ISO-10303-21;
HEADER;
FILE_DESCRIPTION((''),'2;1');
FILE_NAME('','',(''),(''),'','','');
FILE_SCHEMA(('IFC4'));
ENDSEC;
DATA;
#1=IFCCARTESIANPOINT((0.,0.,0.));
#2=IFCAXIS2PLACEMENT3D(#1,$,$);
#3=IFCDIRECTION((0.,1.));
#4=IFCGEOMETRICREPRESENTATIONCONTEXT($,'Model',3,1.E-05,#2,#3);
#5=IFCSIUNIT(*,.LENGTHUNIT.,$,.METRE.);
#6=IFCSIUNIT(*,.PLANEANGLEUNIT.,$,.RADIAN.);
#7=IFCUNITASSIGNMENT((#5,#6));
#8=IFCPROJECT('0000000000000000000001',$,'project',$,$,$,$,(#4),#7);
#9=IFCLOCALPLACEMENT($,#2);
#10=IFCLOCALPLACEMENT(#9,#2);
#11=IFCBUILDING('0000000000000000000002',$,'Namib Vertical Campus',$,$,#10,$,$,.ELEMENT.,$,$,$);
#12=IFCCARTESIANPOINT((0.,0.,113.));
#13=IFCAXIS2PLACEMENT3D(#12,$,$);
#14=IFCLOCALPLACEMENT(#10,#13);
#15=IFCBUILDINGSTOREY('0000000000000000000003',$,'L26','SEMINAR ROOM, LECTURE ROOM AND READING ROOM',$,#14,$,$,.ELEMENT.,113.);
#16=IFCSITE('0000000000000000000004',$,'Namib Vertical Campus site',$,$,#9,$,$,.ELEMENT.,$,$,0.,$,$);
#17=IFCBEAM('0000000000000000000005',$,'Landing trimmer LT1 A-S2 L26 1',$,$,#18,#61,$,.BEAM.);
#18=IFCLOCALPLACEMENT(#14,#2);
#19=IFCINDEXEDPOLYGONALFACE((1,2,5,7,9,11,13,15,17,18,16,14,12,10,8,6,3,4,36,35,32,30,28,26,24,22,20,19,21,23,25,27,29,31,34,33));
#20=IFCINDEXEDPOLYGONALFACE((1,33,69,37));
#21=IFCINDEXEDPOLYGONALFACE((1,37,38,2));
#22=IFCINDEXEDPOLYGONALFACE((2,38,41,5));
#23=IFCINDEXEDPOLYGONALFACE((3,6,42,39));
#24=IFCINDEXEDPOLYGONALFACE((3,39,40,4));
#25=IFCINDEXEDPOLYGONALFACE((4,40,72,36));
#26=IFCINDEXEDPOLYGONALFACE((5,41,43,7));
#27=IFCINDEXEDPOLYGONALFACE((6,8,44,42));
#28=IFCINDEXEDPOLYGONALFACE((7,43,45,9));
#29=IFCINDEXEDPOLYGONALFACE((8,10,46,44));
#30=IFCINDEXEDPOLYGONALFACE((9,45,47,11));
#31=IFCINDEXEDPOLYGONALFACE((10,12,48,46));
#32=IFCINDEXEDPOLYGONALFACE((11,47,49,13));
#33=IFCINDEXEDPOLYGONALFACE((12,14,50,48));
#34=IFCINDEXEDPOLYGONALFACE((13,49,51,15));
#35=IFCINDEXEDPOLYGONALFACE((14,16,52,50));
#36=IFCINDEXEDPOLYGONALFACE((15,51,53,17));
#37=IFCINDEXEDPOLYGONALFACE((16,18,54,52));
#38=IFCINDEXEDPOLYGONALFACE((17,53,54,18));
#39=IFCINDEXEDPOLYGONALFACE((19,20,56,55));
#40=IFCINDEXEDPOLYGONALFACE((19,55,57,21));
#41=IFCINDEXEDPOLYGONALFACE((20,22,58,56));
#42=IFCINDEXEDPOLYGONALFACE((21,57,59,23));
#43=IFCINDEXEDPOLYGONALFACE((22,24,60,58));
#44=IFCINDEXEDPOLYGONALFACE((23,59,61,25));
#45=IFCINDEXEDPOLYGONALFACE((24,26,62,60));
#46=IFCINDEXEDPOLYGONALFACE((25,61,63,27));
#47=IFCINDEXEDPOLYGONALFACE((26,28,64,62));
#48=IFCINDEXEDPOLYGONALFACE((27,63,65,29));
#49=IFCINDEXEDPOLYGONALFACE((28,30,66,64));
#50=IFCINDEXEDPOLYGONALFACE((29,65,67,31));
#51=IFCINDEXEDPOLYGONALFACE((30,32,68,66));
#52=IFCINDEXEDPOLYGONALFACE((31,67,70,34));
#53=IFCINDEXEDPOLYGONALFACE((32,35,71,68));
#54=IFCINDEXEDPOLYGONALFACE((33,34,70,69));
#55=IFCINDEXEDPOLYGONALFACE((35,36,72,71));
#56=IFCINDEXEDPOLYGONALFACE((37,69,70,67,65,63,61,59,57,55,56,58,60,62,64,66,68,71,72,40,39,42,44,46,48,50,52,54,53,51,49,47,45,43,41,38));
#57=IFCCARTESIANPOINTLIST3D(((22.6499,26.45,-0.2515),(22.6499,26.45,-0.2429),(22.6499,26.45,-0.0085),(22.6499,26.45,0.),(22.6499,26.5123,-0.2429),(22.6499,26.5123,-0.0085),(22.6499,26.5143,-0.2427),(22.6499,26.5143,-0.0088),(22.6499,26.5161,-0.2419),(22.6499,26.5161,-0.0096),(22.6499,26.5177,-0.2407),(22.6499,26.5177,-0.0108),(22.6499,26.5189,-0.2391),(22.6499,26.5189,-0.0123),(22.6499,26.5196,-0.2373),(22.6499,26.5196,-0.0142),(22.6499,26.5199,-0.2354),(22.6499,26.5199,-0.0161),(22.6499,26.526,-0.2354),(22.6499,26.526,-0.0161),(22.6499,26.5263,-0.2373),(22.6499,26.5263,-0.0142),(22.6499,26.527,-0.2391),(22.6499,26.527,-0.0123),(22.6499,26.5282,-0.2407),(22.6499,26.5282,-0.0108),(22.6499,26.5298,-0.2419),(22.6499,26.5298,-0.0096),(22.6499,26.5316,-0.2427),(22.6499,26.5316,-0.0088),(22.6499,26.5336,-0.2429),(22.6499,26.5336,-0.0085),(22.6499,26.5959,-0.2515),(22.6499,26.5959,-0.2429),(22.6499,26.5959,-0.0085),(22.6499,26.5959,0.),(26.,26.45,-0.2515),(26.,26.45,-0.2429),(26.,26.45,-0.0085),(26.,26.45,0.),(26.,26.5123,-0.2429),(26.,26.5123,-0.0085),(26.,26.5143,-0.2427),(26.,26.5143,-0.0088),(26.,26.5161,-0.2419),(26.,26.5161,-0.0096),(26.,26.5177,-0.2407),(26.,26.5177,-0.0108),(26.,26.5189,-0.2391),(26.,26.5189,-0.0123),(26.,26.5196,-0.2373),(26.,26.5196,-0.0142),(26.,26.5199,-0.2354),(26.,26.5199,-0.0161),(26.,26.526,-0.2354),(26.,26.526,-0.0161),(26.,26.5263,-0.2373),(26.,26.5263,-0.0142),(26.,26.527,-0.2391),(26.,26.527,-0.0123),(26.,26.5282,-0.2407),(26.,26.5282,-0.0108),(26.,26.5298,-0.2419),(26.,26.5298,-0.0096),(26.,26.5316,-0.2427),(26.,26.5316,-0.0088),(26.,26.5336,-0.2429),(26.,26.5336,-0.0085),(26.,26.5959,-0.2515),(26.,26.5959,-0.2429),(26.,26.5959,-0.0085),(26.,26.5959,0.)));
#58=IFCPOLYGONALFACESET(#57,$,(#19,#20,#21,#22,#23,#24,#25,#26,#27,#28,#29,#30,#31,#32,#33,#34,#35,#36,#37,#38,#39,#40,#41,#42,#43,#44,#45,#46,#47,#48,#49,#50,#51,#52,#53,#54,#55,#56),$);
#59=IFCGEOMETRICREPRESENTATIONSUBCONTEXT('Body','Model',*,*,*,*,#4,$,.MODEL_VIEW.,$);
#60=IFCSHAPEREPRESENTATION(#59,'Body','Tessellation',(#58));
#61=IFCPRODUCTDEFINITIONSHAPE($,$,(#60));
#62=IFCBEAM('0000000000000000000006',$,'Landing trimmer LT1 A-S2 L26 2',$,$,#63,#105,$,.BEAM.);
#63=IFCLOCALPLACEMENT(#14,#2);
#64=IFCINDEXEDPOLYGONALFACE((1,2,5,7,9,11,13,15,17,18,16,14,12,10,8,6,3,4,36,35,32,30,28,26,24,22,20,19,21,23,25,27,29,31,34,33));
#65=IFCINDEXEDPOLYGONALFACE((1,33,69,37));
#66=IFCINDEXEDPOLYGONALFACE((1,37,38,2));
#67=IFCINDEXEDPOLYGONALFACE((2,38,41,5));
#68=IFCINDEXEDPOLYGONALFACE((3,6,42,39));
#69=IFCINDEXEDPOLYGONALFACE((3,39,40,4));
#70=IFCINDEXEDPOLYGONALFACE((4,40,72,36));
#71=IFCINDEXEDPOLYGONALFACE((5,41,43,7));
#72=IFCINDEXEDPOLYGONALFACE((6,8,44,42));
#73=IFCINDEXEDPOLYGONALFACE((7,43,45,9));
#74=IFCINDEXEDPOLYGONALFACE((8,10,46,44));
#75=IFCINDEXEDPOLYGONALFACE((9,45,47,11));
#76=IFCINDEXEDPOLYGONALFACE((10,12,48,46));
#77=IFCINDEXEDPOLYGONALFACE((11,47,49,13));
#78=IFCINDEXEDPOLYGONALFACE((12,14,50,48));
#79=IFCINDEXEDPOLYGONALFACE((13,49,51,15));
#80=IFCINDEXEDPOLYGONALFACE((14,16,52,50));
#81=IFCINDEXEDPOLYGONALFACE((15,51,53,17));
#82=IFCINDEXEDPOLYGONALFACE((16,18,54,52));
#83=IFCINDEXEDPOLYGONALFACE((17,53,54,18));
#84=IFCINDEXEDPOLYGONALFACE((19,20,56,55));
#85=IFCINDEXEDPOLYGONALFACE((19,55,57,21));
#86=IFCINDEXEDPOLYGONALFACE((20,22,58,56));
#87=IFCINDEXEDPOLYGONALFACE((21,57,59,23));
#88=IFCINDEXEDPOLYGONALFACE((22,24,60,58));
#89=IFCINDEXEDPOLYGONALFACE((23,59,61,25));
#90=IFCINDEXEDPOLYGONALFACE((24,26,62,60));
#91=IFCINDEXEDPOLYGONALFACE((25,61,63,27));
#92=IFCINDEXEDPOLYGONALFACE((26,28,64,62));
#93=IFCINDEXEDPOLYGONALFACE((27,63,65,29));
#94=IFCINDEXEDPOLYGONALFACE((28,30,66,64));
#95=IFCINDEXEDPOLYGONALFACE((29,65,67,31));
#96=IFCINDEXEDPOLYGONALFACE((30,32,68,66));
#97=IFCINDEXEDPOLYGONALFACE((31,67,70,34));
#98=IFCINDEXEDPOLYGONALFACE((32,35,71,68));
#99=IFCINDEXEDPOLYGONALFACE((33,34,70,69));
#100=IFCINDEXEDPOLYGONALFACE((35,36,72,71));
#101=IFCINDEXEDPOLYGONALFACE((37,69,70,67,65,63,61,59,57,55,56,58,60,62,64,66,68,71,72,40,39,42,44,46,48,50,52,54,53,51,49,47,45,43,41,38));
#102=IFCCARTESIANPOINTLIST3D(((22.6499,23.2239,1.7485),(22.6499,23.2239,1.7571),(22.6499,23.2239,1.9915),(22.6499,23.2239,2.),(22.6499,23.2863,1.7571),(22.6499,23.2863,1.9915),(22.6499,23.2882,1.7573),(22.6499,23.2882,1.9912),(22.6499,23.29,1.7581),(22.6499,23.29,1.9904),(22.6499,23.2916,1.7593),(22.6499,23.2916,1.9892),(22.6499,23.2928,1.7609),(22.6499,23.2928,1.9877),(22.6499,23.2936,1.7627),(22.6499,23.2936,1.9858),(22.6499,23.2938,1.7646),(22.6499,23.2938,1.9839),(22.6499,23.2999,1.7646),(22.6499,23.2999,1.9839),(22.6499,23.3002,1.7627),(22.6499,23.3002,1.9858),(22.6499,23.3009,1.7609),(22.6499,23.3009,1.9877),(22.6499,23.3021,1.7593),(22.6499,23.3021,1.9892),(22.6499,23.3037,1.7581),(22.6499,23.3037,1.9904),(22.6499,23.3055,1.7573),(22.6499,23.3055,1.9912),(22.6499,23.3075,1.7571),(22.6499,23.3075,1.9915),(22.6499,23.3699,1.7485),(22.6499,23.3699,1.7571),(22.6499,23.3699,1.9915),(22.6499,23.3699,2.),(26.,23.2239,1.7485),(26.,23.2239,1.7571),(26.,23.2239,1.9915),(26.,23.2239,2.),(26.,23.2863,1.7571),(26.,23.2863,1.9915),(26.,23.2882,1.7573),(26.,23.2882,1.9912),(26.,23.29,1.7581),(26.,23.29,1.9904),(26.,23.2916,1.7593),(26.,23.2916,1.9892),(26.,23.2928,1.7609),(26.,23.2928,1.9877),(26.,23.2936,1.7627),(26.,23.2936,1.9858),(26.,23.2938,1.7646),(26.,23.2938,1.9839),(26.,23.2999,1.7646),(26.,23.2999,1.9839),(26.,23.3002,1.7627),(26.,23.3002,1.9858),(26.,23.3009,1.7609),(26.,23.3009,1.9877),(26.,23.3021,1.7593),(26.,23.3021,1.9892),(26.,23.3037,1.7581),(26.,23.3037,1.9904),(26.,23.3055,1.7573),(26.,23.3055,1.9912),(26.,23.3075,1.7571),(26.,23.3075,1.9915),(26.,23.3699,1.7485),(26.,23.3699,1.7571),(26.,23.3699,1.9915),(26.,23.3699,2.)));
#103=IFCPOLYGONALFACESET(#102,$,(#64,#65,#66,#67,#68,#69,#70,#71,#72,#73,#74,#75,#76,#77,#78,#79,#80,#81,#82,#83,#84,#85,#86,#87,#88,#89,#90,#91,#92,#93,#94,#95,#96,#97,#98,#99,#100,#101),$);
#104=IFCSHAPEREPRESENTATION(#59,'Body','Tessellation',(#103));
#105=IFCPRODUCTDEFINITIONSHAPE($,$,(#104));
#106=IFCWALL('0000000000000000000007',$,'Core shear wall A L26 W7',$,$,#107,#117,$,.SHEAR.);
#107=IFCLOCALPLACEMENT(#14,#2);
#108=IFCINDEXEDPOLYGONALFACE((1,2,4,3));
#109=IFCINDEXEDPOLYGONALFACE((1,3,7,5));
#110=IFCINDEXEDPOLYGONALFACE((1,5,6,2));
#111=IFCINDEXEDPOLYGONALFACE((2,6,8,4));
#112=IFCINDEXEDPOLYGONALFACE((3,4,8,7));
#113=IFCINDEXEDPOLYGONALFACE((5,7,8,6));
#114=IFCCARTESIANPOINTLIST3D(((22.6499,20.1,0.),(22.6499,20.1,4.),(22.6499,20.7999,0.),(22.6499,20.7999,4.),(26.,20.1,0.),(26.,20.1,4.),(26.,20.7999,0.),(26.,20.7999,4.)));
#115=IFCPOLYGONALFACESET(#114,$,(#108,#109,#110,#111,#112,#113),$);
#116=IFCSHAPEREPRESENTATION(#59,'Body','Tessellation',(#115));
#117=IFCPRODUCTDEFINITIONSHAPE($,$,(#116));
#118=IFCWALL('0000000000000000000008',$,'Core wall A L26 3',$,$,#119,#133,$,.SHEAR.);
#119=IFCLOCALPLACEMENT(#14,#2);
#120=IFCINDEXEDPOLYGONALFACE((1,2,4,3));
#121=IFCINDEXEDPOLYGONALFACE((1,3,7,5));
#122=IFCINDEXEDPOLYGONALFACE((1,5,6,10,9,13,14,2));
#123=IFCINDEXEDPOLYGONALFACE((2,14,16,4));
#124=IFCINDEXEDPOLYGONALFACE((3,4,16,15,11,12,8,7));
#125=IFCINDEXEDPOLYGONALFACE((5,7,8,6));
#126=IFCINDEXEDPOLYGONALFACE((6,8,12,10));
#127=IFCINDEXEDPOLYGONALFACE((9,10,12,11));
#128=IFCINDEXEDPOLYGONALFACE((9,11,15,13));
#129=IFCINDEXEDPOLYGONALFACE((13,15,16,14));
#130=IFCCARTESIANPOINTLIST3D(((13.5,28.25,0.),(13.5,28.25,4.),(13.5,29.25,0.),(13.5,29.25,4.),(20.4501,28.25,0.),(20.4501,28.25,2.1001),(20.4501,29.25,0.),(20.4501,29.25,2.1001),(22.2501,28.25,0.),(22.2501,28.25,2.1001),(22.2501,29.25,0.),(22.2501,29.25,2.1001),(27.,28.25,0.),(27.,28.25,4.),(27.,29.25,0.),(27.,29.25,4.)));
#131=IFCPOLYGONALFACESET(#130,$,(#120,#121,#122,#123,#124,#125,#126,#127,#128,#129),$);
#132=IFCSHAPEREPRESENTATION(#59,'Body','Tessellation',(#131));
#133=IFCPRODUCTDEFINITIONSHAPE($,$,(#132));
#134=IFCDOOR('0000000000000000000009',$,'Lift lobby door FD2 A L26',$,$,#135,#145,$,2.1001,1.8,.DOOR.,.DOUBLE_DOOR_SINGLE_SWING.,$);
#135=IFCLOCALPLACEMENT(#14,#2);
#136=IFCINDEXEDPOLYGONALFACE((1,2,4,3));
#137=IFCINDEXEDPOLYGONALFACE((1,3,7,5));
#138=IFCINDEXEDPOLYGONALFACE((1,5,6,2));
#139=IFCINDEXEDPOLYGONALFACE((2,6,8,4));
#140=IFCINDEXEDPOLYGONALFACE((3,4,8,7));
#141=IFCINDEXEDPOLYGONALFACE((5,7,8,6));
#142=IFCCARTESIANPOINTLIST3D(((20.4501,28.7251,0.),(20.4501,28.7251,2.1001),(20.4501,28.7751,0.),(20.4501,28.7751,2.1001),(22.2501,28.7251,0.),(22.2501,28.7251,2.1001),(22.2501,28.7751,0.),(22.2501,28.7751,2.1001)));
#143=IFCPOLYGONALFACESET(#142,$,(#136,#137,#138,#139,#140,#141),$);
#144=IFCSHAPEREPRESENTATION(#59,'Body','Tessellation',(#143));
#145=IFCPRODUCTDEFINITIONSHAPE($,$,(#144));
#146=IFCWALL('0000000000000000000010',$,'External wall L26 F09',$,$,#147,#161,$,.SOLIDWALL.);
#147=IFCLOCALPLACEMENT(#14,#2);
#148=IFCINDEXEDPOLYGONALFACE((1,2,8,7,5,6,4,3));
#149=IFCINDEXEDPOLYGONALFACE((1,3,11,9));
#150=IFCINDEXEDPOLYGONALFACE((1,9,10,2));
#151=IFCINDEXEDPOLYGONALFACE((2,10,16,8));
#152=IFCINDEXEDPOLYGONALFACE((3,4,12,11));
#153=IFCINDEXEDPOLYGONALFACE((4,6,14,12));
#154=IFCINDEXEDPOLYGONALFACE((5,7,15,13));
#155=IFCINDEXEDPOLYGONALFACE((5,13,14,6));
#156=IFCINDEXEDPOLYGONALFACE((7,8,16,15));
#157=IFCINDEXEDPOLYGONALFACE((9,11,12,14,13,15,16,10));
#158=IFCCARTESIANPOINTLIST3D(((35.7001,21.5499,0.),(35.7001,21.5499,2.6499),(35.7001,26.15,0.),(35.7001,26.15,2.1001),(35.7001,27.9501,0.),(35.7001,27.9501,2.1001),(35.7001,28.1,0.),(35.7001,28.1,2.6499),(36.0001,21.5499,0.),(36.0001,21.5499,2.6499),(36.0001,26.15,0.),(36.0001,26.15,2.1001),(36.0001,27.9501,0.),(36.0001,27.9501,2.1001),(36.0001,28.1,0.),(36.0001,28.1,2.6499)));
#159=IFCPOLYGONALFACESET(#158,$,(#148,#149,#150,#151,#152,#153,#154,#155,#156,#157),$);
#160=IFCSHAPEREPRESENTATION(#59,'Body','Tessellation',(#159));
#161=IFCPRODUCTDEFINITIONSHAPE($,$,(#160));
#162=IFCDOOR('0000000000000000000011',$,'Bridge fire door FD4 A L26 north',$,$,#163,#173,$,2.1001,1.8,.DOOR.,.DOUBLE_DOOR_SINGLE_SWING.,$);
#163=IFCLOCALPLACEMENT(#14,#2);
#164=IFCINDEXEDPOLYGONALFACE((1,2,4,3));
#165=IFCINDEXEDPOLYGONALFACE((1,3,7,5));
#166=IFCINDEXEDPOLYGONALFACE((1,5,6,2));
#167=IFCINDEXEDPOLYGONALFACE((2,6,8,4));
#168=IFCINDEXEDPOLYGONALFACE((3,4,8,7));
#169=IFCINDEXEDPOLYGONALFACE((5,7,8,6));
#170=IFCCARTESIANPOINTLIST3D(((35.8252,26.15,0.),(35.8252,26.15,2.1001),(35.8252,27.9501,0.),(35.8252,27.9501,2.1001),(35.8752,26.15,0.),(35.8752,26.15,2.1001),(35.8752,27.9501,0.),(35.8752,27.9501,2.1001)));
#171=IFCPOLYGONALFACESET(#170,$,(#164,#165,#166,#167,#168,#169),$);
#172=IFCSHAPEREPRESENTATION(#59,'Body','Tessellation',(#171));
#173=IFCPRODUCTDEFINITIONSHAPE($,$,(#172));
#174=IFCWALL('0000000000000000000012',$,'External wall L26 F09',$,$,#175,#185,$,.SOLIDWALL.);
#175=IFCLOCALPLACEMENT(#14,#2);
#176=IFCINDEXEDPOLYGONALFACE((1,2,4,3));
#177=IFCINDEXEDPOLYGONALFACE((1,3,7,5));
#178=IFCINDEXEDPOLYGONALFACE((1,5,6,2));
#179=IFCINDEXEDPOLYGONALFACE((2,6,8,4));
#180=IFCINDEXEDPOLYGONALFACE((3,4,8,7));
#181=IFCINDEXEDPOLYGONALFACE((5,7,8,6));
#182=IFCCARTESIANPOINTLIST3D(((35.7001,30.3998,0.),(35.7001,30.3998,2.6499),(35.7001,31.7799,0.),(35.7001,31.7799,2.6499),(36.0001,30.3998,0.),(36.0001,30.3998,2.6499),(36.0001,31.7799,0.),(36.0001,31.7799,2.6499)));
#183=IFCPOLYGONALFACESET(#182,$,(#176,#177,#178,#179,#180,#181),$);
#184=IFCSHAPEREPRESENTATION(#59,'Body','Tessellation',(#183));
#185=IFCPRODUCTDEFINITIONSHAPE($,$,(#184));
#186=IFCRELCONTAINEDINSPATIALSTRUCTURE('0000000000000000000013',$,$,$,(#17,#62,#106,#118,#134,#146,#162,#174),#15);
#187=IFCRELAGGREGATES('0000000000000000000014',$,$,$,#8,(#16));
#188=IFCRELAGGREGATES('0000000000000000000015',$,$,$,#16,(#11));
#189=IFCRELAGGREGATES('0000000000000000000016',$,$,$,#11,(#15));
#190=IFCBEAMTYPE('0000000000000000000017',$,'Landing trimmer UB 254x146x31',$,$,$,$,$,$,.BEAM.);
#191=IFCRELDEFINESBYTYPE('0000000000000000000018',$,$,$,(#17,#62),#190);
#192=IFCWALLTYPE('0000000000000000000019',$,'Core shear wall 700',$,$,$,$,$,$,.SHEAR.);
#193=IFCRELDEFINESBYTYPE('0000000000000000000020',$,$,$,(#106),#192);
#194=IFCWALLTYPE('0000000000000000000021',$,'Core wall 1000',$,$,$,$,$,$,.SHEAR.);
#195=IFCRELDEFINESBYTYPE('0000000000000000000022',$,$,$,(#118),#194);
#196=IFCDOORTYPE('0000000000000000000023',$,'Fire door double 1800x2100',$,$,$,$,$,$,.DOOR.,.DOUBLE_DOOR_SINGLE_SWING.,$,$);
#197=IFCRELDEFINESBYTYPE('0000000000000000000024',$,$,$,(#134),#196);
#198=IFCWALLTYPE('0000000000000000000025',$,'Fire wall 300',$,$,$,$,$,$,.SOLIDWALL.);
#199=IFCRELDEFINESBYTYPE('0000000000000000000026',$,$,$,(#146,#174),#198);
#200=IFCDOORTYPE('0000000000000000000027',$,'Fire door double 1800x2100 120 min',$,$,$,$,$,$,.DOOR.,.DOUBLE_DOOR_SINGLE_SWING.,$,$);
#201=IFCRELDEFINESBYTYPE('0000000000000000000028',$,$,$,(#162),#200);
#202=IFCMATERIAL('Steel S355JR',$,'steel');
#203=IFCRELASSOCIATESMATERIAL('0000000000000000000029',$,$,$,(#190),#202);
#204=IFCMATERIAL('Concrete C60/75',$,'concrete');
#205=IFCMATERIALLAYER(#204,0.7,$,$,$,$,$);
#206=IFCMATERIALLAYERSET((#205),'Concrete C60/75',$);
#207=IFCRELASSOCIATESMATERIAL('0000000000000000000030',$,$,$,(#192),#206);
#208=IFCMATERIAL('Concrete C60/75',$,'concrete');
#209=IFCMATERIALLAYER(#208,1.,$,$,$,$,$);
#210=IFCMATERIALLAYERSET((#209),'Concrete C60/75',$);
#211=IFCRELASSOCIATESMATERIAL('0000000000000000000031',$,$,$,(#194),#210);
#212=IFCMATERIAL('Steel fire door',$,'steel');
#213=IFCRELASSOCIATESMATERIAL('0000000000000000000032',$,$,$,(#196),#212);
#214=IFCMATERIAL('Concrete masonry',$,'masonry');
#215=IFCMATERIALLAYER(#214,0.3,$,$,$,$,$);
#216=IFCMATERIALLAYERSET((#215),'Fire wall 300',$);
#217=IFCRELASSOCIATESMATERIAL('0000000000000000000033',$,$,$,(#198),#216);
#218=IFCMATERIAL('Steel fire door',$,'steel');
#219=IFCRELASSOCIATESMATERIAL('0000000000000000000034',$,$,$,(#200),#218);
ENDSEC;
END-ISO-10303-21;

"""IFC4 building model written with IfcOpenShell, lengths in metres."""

from ifc_helpers import new_model, si_unit, direction, frame, frame_2d, origin, origin_2d, place, context, subcontext, project, spatial, rectangle, i_section, extrude, material, layer, layer_set, material_profile, profile_set, type_object, element, fill, save


model = new_model("IFC4")

# Units and contexts
model_context = context("Model", 3, precision=1e-05, world=origin(), true_north=direction((0.0, 1.0)))
body_context = subcontext(model_context, "Body", "Model", "MODEL_VIEW")
ifc_project = project(units=[si_unit("LENGTHUNIT", "METRE"), si_unit("PLANEANGLEUNIT", "RADIAN")], contexts=[model_context])

# Site, building, storey
site_placement = place(None, origin())
site = spatial("IfcSite", under=ifc_project, at=site_placement, Name="Namib Vertical Campus site", CompositionType="ELEMENT", RefElevation=0.0)
building_placement = place(site_placement, origin())
building = spatial("IfcBuilding", under=site, at=building_placement, Name="Namib Vertical Campus", CompositionType="ELEMENT")
storey_placement = place(building_placement, frame((0.0, 0.0, 113.0)))
storey = spatial("IfcBuildingStorey", under=building, at=storey_placement, Name="L26", Description="SEMINAR ROOM, LECTURE ROOM AND READING ROOM", CompositionType="ELEMENT", Elevation=113.0)

# Beams
ifc_material_1 = material(Name="Steel S355JR", Category="steel")
ifc_material_profile = material_profile(ifc_material_1, i_section(OverallWidth=0.146, OverallDepth=0.2515, WebThickness=0.0061, FlangeThickness=0.0085, FilletRadius=0.0076, at=origin_2d()))
ifc_profile_set = profile_set([ifc_material_profile], Name="Steel S355JR")
beam_type = type_object("IfcBeamType", Name="Landing trimmer UB 254x146x31", PredefinedType="BEAM", material=ifc_profile_set)
for number, where, z_axis, x_axis, name in (
    (1, (22.6499, 26.5229, -0.1257), (1.0, 0.0, 0.0), (0.0, 1.0, 0.0), "Landing trimmer LT1 A-S2 L26 1"),
    (2, (22.6499, 23.2969, 1.8743), (1.0, 0.0, 0.0), (0.0, 1.0, 0.0), "Landing trimmer LT1 A-S2 L26 2"),
):
    element("IfcBeam", number, at=place(storey_placement, frame(where, z_axis=z_axis, x_axis=x_axis)), inside=storey, type_object=beam_type, Name=name, PredefinedType="BEAM", context=body_context, shape_type="SweptSolid", body=[
        extrude(i_section(OverallWidth=0.146, OverallDepth=0.2515, WebThickness=0.0061, FlangeThickness=0.0085, FilletRadius=0.0076, at=origin_2d()), origin(), (0.0, 0.0, 1.0), 3.3501),
    ])

# Wall
ifc_material_2 = material(Name="Concrete C60/75", Category="concrete")
ifc_layer_1 = layer(ifc_material_2, 0.7)
ifc_layer_set_1 = layer_set([ifc_layer_1], Name="Concrete C60/75")
wall_type_1 = type_object("IfcWallType", Name="Core shear wall 700", PredefinedType="SHEAR", material=ifc_layer_set_1)
wall_1_placement = place(storey_placement, frame((22.6499, 20.45, 0.0), z_axis=(0.0, 0.0, 1.0), x_axis=(1.0, 0.0, 0.0)))
element("IfcWall", 3, at=wall_1_placement, inside=storey, type_object=wall_type_1, Name="Core shear wall A L26 W7", PredefinedType="SHEAR", context=body_context, shape_type="SweptSolid", body=[
    extrude(rectangle(XDim=3.3501, YDim=0.7, at=frame_2d((1.675, 0.0))), origin(), (0.0, 0.0, 1.0), 4.0),
])

# Walls, openings, doors
ifc_material_3 = material(Name="Concrete C60/75", Category="concrete")
ifc_layer_2 = layer(ifc_material_3, 1.0)
ifc_layer_set_2 = layer_set([ifc_layer_2], Name="Concrete C60/75")
wall_type_2 = type_object("IfcWallType", Name="Core wall 1000", PredefinedType="SHEAR", material=ifc_layer_set_2)
wall_2_placement = place(storey_placement, frame((27.0, 28.75, 0.0), z_axis=(0.0, 0.0, 1.0), x_axis=(-1.0, 0.0, 0.0)))
wall_2 = element("IfcWall", 4, at=wall_2_placement, inside=storey, type_object=wall_type_2, Name="Core wall A L26 3", PredefinedType="SHEAR", context=body_context, shape_type="SweptSolid", body=[
    extrude(rectangle(XDim=13.5, YDim=1.0, at=frame_2d((6.75, 0.0))), origin(), (0.0, 0.0, 1.0), 4.0),
])
opening_1_placement = place(wall_2_placement, frame((4.75, 0.0, 0.0)))
opening_1 = element("IfcOpeningElement", 5, at=opening_1_placement, cuts=wall_2, PredefinedType="OPENING", context=body_context, shape_type="SweptSolid", body=[
    extrude(rectangle(XDim=1.8, YDim=2.1001, at=frame_2d((0.8999, 1.05))), frame((0.0, 0.51, 0.0), z_axis=(0.0, -1.0, 0.0), x_axis=(1.0, 0.0, 0.0)), (0.0, 0.0, 1.0), 1.02),
])
ifc_material_4 = material(Name="Steel fire door", Category="steel")
door_type_1 = type_object("IfcDoorType", Name="Fire door double 1800x2100", OperationType="DOUBLE_DOOR_SINGLE_SWING", PredefinedType="DOOR", material=ifc_material_4)
door_1_placement = place(opening_1_placement, origin())
door_1 = element("IfcDoor", 6, at=door_1_placement, inside=storey, type_object=door_type_1, Name="Lift lobby door FD2 A L26", OperationType="DOUBLE_DOOR_SINGLE_SWING", OverallHeight=2.1001, OverallWidth=1.8, PredefinedType="DOOR", context=body_context, shape_type="SweptSolid", body=[
    extrude(rectangle(XDim=1.8, YDim=2.1001, at=frame_2d((0.8999, 1.05))), frame((0.0, 0.0249, 0.0), z_axis=(0.0, -1.0, 0.0), x_axis=(1.0, 0.0, 0.0)), (0.0, 0.0, 1.0), 0.05),
])
fill(opening_1, door_1)
ifc_material_5 = material(Name="Concrete masonry", Category="masonry")
ifc_layer_3 = layer(ifc_material_5, 0.3)
ifc_layer_set_3 = layer_set([ifc_layer_3], Name="Fire wall 300")
wall_type_3 = type_object("IfcWallType", Name="Fire wall 300", PredefinedType="SOLIDWALL", material=ifc_layer_set_3)
wall_3_placement = place(storey_placement, frame((35.8501, 21.55, 0.0), z_axis=(0.0, 0.0, 1.0), x_axis=(0.0, 1.0, 0.0)))
wall_3 = element("IfcWall", 7, at=wall_3_placement, inside=storey, type_object=wall_type_3, Name="External wall L26 F09", PredefinedType="SOLIDWALL", context=body_context, shape_type="SweptSolid", body=[
    extrude(rectangle(XDim=6.55, YDim=0.3, at=frame_2d((3.2749, 0.0))), origin(), (0.0, 0.0, 1.0), 2.6499),
])
opening_2_placement = place(wall_3_placement, frame((4.6001, 0.0, 0.0)))
opening_2 = element("IfcOpeningElement", 8, at=opening_2_placement, cuts=wall_3, PredefinedType="OPENING", context=body_context, shape_type="SweptSolid", body=[
    extrude(rectangle(XDim=1.8, YDim=2.1001, at=frame_2d((0.8999, 1.05))), frame((0.0, 0.1599, 0.0), z_axis=(0.0, -1.0, 0.0), x_axis=(1.0, 0.0, 0.0)), (0.0, 0.0, 1.0), 0.3201),
])
ifc_material_6 = material(Name="Steel fire door", Category="steel")
door_type_2 = type_object("IfcDoorType", Name="Fire door double 1800x2100 120 min", OperationType="DOUBLE_DOOR_SINGLE_SWING", PredefinedType="DOOR", material=ifc_material_6)
door_2_placement = place(opening_2_placement, origin())
door_2 = element("IfcDoor", 9, at=door_2_placement, inside=storey, type_object=door_type_2, Name="Bridge fire door FD4 A L26 north", OperationType="DOUBLE_DOOR_SINGLE_SWING", OverallHeight=2.1001, OverallWidth=1.8, PredefinedType="DOOR", context=body_context, shape_type="SweptSolid", body=[
    extrude(rectangle(XDim=1.8, YDim=2.1001, at=frame_2d((0.8999, 1.05))), frame((0.0, 0.0249, 0.0), z_axis=(0.0, -1.0, 0.0), x_axis=(1.0, 0.0, 0.0)), (0.0, 0.0, 1.0), 0.05),
])
fill(opening_2, door_2)

# Wall
wall_4_placement = place(storey_placement, frame((35.8501, 30.3999, 0.0), z_axis=(0.0, 0.0, 1.0), x_axis=(0.0, 1.0, 0.0)))
element("IfcWall", 10, at=wall_4_placement, inside=storey, type_object=wall_type_3, Name="External wall L26 F09", PredefinedType="SOLIDWALL", context=body_context, shape_type="SweptSolid", body=[
    extrude(rectangle(XDim=1.3801, YDim=0.3, at=frame_2d((0.6899, 0.0))), origin(), (0.0, 0.0, 1.0), 2.6499),
])

save(model, "model.ifc")
